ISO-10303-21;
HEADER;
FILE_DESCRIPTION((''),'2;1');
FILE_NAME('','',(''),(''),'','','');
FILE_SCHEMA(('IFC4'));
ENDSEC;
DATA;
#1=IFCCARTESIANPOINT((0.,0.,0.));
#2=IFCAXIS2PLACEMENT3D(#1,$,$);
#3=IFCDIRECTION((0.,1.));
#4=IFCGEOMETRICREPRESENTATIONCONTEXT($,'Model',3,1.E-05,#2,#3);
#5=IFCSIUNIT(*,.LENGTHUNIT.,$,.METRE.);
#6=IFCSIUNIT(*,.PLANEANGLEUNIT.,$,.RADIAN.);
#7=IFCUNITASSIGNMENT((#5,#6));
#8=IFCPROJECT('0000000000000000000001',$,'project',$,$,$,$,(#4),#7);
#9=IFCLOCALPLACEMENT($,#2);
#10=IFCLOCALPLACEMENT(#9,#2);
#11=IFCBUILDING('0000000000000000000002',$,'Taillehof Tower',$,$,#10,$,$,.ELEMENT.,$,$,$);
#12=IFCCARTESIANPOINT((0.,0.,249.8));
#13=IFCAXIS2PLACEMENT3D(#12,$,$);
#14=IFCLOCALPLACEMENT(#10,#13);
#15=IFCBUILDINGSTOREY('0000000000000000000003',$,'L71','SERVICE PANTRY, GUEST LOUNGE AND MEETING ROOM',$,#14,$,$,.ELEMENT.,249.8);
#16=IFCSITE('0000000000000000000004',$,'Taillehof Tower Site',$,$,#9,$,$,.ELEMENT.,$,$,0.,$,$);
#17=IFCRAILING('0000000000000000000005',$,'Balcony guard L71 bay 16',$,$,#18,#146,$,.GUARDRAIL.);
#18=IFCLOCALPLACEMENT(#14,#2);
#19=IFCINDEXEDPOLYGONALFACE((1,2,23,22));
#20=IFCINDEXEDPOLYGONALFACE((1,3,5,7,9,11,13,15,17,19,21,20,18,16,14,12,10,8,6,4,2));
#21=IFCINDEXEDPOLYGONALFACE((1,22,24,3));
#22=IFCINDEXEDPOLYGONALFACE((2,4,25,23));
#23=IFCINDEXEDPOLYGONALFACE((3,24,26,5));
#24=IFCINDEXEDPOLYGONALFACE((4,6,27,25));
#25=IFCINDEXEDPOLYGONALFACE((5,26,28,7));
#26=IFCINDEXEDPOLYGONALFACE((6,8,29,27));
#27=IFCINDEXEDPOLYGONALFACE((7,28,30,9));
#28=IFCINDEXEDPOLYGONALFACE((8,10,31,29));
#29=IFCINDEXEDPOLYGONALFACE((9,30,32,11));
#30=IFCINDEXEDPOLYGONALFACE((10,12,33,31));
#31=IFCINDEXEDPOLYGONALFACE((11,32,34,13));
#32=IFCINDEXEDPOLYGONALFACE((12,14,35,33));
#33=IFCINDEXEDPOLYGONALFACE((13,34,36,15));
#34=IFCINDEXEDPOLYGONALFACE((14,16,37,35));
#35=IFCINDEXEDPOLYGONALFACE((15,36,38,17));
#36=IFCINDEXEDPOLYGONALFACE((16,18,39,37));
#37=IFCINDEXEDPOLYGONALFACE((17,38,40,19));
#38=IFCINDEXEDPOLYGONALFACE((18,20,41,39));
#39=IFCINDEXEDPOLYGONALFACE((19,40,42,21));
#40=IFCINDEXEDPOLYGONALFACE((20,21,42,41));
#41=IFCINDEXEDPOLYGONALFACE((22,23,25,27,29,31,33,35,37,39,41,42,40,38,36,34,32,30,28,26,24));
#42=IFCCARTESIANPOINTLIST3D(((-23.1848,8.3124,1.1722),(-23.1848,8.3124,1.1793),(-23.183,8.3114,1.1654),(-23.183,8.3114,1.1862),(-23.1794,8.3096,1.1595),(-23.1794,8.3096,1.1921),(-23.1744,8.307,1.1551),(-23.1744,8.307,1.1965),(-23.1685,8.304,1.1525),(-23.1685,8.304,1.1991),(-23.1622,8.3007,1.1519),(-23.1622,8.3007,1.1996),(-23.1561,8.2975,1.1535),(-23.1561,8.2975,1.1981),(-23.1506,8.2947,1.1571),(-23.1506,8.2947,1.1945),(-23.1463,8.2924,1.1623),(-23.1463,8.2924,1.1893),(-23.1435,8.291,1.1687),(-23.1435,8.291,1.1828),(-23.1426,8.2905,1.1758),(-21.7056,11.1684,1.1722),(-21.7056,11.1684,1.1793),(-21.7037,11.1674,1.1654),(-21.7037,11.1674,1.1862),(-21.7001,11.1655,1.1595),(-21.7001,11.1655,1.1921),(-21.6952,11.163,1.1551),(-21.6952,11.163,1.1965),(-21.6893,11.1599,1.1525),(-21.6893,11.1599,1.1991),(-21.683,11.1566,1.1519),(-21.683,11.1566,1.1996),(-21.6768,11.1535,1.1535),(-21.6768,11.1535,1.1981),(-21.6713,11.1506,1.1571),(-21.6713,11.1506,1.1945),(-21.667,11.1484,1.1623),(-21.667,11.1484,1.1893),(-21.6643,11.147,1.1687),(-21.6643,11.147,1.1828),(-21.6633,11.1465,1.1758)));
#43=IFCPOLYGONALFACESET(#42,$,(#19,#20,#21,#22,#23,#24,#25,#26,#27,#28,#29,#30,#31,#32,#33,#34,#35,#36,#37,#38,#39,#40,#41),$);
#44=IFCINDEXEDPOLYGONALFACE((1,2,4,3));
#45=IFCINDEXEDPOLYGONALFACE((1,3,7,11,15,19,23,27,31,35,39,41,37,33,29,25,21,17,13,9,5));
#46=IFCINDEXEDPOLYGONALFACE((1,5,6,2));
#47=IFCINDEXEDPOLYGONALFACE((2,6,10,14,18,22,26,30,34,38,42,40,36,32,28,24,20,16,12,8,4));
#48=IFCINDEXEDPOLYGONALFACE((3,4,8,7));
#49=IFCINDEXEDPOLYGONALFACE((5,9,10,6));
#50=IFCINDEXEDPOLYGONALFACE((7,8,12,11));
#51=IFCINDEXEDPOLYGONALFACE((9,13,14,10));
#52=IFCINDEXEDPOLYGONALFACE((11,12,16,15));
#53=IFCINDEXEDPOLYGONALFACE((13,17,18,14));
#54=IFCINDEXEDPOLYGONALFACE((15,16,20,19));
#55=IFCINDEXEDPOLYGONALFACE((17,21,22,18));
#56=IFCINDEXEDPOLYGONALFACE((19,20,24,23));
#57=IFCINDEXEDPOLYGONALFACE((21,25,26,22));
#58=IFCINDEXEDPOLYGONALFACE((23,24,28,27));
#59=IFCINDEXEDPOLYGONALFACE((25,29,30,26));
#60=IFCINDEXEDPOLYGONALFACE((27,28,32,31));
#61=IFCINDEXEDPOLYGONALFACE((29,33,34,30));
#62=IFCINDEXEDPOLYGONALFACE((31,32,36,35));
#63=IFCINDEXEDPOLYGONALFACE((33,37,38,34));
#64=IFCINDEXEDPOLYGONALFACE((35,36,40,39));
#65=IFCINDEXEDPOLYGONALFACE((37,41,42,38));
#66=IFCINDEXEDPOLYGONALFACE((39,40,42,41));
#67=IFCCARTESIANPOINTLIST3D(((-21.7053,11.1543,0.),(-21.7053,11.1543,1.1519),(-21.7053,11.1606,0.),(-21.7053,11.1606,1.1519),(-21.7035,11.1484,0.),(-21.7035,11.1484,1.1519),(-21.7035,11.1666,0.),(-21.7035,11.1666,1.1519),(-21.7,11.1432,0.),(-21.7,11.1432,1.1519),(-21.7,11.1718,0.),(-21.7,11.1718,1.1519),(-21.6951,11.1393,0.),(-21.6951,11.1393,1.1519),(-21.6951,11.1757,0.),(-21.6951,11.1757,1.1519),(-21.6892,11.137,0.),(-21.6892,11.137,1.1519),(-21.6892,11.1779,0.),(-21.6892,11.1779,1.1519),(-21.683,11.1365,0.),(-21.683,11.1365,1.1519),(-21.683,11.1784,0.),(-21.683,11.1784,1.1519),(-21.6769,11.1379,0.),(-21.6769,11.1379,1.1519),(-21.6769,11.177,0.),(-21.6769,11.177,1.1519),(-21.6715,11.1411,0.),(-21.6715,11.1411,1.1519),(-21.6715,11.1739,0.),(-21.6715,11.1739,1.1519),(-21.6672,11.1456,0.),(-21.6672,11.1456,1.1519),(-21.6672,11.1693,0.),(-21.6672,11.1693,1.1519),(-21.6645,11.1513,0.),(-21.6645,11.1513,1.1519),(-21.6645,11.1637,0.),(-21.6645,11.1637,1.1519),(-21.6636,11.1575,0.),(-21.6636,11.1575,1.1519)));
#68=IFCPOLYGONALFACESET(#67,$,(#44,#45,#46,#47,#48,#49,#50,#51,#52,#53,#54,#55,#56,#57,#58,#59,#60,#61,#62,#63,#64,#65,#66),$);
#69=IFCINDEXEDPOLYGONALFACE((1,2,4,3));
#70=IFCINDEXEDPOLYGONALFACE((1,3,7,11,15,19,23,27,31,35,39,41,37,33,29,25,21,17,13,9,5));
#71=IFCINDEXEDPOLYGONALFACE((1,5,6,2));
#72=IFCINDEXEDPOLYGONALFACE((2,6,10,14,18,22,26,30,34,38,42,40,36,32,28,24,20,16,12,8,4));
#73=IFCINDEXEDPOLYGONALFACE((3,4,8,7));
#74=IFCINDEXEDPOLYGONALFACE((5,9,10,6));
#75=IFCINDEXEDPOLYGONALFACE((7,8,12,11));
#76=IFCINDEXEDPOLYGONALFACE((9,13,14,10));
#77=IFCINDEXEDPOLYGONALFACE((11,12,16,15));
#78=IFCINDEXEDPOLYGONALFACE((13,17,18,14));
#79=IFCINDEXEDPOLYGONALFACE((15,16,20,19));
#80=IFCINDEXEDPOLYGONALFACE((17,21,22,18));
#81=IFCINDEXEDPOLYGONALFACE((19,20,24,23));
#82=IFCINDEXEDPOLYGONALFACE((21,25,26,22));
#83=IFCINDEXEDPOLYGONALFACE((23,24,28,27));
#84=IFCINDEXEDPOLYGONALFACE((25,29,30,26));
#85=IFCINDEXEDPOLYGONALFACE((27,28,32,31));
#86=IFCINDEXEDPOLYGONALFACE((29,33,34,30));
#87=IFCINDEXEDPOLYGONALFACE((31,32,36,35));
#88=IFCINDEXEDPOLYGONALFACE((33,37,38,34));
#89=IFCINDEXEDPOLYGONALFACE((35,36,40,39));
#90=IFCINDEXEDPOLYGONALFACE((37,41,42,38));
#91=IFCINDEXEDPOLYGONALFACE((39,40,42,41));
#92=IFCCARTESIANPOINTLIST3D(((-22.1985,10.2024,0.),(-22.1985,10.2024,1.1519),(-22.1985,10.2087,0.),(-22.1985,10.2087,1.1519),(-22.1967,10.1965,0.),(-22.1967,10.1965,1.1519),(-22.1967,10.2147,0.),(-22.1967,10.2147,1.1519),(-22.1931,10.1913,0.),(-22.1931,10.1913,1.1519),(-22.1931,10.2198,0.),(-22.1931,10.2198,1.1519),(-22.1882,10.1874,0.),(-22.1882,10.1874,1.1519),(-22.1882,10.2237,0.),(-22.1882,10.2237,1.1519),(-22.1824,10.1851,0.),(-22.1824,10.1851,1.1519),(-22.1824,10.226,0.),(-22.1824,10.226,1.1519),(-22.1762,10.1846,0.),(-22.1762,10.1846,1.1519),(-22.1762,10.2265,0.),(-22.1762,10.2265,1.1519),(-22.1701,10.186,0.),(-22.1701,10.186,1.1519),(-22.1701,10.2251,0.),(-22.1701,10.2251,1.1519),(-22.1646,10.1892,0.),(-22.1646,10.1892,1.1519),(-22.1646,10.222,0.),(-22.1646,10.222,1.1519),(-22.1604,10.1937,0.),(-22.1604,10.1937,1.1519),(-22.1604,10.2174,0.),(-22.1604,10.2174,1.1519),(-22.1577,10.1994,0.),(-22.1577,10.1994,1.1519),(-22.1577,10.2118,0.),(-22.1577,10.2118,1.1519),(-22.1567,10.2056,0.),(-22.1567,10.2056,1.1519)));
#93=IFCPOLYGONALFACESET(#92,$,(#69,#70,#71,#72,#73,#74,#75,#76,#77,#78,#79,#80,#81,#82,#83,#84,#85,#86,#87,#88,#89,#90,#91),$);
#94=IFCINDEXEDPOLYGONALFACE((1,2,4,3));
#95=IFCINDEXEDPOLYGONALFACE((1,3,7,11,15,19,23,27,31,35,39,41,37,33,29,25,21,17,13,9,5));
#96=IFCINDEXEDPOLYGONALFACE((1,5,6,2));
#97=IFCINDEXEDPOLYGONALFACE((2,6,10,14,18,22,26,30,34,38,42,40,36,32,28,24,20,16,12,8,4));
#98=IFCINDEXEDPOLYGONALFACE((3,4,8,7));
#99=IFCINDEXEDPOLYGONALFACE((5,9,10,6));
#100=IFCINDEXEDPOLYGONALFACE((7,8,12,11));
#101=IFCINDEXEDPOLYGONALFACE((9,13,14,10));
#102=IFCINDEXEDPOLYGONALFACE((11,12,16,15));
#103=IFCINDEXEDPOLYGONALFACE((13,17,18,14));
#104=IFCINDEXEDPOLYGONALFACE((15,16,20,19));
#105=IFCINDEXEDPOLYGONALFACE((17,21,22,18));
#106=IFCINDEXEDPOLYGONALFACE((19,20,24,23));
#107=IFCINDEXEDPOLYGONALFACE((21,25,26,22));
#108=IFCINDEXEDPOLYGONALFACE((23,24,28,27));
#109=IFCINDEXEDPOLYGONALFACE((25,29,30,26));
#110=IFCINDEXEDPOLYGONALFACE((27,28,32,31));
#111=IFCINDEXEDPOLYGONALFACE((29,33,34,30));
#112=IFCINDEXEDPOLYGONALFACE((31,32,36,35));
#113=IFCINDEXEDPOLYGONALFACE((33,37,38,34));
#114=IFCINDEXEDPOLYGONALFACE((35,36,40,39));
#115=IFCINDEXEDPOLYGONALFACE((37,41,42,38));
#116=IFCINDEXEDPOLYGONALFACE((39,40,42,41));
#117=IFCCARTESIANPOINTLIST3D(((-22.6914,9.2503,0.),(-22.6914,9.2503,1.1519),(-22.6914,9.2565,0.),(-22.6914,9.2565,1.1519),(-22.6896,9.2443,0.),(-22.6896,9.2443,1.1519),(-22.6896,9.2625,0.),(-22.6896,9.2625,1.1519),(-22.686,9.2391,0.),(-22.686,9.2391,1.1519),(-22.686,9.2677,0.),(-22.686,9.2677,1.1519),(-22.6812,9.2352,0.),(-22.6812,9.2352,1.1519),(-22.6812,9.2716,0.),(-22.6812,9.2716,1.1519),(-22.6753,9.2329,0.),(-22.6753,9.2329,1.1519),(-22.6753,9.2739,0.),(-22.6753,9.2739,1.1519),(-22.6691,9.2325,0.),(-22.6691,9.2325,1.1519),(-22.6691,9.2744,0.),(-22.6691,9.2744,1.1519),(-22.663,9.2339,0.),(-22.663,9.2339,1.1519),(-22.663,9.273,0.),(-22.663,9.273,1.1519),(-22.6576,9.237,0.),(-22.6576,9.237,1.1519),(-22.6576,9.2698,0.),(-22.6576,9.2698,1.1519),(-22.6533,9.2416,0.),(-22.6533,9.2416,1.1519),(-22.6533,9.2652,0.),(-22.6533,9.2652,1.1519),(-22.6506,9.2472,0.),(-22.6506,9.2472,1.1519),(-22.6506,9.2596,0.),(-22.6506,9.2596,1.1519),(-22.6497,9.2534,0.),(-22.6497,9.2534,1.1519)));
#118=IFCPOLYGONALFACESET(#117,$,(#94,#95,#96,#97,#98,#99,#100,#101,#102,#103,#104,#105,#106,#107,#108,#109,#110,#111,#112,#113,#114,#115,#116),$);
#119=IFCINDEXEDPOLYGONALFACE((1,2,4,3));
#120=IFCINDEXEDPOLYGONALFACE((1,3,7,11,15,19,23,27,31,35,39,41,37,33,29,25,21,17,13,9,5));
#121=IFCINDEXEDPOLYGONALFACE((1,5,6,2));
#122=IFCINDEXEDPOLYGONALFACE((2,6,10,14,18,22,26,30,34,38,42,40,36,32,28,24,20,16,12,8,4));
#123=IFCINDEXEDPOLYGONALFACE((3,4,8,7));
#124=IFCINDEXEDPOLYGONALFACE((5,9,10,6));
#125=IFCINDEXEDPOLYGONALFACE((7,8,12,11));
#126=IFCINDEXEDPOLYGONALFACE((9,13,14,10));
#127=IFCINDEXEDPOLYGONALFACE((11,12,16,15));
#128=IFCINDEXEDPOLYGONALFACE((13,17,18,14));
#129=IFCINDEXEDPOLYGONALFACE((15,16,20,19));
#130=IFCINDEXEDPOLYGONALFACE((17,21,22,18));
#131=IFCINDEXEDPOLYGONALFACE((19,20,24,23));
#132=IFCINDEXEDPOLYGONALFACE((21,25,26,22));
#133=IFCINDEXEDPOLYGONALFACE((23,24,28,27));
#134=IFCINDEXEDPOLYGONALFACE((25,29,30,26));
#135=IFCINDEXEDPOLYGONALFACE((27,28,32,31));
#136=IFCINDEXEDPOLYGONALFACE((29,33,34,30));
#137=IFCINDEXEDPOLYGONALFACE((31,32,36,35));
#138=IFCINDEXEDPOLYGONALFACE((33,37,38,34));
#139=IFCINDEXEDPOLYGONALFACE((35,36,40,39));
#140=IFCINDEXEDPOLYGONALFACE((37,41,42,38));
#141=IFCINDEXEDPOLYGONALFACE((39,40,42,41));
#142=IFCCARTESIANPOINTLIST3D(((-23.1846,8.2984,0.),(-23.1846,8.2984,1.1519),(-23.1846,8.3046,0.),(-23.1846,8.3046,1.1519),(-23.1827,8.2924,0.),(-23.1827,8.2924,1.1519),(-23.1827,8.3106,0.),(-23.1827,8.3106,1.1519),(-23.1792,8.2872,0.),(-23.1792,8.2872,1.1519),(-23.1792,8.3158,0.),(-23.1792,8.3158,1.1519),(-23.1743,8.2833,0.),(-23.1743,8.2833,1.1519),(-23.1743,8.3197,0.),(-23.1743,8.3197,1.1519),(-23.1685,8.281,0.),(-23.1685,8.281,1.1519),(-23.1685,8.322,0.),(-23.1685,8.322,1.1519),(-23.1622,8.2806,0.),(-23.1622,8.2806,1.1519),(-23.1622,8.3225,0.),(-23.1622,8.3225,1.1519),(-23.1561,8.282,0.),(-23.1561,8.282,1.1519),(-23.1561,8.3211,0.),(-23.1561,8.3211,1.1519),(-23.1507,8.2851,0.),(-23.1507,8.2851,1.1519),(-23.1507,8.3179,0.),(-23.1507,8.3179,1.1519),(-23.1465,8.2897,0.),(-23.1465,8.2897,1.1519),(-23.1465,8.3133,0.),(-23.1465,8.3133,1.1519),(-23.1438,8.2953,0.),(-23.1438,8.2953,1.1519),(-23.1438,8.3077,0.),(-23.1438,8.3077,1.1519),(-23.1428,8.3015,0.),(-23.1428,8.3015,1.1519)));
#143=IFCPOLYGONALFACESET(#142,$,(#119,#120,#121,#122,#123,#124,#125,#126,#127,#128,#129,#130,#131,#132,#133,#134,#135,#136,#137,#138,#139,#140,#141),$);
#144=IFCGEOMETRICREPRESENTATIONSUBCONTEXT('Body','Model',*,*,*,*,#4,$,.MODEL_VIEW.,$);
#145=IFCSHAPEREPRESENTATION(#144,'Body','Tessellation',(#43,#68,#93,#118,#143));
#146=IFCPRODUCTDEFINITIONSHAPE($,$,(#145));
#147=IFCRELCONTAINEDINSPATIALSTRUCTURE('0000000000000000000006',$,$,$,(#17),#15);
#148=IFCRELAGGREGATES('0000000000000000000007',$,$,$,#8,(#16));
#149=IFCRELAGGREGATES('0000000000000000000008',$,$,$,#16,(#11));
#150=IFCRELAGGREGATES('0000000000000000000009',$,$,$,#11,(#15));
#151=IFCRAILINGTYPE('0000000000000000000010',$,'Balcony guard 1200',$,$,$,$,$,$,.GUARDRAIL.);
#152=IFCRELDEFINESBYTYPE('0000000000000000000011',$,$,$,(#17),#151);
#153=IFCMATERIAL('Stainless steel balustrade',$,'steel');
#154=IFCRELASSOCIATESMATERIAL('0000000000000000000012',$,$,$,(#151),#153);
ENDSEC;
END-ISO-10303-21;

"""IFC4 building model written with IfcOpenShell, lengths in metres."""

from ifc_helpers import new_model, si_unit, direction, frame, origin, origin_2d, place, context, subcontext, project, spatial, circle, extrude, material, type_object, element, save


model = new_model("IFC4")

# Units and contexts
model_context = context("Model", 3, precision=1e-05, world=origin(), true_north=direction((0.0, 1.0)))
body_context = subcontext(model_context, "Body", "Model", "MODEL_VIEW")
ifc_project = project(units=[si_unit("LENGTHUNIT", "METRE"), si_unit("PLANEANGLEUNIT", "RADIAN")], contexts=[model_context])

# Site, building, storey
site_placement = place(None, origin())
site = spatial("IfcSite", under=ifc_project, at=site_placement, Name="Taillehof Tower Site", CompositionType="ELEMENT", RefElevation=0.0)
building_placement = place(site_placement, origin())
building = spatial("IfcBuilding", under=site, at=building_placement, Name="Taillehof Tower", CompositionType="ELEMENT")
storey_placement = place(building_placement, frame((0.0, 0.0, 249.8)))
storey = spatial("IfcBuildingStorey", under=building, at=storey_placement, Name="L71", Description="SERVICE PANTRY, GUEST LOUNGE AND MEETING ROOM", CompositionType="ELEMENT", Elevation=249.8)

# Railing
ifc_material_1 = material(Name="Stainless steel balustrade", Category="steel")
railing_type = type_object("IfcRailingType", Name="Balcony guard 1200", PredefinedType="GUARDRAIL", material=ifc_material_1)
railing_1_placement = place(storey_placement, frame((-21.6846, 11.1575, 0.0)))
element("IfcRailing", 1, at=railing_1_placement, inside=storey, type_object=railing_type, Name="Balcony guard L71 bay 16", PredefinedType="GUARDRAIL", context=body_context, shape_type="SweptSolid", body=[
    extrude(circle(Radius=0.0239, at=origin_2d()), frame((0.0, 0.0, 1.1758), z_axis=(-0.459921, -0.88796, 0.0), x_axis=(0.88796, -0.459921, 0.0)), (0.0, 0.0, 1.0), 3.2163),
    extrude(circle(Radius=0.021, at=origin_2d()), origin(), (0.0, 0.0, 1.0), 1.1519),
    extrude(circle(Radius=0.021, at=origin_2d()), frame((-0.4932, -0.9519, 0.0)), (0.0, 0.0, 1.0), 1.1519),
    extrude(circle(Radius=0.021, at=origin_2d()), frame((-0.9861, -1.9041, 0.0)), (0.0, 0.0, 1.0), 1.1519),
    extrude(circle(Radius=0.021, at=origin_2d()), frame((-1.4792, -2.856, 0.0)), (0.0, 0.0, 1.0), 1.1519),
])

save(model, "model.ifc")
